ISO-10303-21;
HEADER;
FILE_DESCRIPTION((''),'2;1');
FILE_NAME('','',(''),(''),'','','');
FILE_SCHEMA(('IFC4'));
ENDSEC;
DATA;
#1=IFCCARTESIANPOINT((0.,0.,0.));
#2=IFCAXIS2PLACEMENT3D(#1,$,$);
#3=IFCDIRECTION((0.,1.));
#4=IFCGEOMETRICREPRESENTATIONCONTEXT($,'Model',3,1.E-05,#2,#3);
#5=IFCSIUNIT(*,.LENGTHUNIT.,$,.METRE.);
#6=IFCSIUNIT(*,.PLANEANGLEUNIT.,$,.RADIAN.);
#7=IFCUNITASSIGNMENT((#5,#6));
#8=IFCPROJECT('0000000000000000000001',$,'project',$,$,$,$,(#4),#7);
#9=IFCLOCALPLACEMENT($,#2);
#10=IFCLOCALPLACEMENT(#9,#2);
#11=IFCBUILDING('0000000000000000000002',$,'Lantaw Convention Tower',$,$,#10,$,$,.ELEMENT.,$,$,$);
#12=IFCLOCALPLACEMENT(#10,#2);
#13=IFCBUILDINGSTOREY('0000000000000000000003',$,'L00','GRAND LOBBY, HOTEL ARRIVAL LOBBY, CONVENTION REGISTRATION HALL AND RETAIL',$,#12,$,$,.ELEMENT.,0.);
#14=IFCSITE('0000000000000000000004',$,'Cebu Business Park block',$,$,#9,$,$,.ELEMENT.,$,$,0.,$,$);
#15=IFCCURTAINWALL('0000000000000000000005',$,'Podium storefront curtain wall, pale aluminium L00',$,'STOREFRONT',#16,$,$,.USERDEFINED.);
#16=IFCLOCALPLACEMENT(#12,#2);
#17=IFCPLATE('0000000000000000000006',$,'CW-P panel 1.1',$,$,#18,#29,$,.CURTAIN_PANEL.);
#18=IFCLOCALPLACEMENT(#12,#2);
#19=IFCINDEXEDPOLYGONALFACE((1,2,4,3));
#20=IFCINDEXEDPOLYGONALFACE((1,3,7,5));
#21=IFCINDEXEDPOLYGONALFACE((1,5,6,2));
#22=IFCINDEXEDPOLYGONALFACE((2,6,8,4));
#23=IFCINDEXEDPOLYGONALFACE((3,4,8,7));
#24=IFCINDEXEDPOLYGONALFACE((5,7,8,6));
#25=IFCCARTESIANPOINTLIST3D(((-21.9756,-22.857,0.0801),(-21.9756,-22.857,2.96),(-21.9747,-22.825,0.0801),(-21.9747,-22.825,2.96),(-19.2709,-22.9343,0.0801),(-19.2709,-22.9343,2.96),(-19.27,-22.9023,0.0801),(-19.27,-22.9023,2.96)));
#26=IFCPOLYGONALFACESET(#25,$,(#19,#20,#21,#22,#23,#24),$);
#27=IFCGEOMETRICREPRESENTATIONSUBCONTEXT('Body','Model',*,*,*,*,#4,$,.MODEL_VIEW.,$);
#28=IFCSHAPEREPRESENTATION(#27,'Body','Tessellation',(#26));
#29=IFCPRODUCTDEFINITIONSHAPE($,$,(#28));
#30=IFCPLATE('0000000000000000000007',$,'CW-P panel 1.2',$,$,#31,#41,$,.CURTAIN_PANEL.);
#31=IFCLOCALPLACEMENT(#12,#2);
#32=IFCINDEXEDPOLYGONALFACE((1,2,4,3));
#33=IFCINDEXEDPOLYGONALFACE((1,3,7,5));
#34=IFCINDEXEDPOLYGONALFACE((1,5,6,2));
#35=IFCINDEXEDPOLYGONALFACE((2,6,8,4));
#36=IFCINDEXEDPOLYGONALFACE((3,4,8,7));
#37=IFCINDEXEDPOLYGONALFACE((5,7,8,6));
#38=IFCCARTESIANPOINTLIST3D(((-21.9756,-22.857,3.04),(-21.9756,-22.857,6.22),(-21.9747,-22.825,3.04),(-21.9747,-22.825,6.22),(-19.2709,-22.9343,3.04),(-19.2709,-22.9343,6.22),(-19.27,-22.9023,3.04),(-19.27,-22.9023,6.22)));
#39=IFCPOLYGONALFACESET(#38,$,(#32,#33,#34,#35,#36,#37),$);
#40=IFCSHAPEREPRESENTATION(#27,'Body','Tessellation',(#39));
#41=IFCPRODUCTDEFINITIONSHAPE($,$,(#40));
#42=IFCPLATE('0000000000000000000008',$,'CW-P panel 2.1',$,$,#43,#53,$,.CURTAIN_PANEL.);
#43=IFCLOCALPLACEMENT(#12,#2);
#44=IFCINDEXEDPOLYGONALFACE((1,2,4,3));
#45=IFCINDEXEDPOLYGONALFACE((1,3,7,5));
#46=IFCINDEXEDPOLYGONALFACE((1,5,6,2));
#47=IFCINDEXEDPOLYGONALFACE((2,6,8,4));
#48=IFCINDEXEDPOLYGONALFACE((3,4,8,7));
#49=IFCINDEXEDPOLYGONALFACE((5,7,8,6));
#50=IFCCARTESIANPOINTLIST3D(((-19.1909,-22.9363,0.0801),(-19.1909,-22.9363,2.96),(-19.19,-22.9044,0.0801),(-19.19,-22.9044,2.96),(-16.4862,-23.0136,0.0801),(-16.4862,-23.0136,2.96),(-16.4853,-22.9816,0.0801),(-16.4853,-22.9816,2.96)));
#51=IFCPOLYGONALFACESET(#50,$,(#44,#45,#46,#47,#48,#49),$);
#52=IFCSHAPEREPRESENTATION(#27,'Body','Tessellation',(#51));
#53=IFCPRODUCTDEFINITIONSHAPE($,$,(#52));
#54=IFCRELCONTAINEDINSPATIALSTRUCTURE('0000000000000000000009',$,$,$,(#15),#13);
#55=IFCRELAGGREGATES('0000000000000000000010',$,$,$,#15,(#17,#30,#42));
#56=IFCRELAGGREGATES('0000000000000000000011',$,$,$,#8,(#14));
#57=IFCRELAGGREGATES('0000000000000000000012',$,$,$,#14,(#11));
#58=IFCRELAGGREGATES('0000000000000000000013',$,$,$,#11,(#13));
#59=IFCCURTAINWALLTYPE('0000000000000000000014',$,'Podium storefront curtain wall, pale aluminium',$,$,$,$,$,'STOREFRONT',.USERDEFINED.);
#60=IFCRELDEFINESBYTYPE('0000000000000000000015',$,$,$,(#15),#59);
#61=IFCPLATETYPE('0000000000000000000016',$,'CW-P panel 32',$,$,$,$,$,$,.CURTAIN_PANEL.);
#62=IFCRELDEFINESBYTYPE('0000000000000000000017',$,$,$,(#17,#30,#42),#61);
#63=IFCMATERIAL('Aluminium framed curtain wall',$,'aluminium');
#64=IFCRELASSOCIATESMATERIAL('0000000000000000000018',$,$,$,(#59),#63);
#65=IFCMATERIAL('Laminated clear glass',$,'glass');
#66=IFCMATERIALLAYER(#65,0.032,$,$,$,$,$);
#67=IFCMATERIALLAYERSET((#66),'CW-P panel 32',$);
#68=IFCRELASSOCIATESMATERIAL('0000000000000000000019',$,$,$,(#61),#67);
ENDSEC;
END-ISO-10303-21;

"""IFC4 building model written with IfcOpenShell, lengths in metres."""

from ifc_helpers import new_model, si_unit, direction, frame, origin, origin_2d, place, context, subcontext, project, spatial, rectangle, extrude, material, layer, layer_set, type_object, element, aggregate, save


model = new_model("IFC4")

# Units and contexts
model_context = context("Model", 3, precision=1e-05, world=origin(), true_north=direction((0.0, 1.0)))
body_context = subcontext(model_context, "Body", "Model", "MODEL_VIEW")
ifc_project = project(units=[si_unit("LENGTHUNIT", "METRE"), si_unit("PLANEANGLEUNIT", "RADIAN")], contexts=[model_context])

# Site, building, storey
site_placement = place(None, origin())
site = spatial("IfcSite", under=ifc_project, at=site_placement, Name="Cebu Business Park block", CompositionType="ELEMENT", RefElevation=0.0)
building_placement = place(site_placement, origin())
building = spatial("IfcBuilding", under=site, at=building_placement, Name="Lantaw Convention Tower", CompositionType="ELEMENT")
storey_placement = place(building_placement, origin())
storey = spatial("IfcBuildingStorey", under=building, at=storey_placement, Name="L00", Description="GRAND LOBBY, HOTEL ARRIVAL LOBBY, CONVENTION REGISTRATION HALL AND RETAIL", CompositionType="ELEMENT", Elevation=0.0)

# Shared definitions
ifc_material_1 = material(Name="Aluminium framed curtain wall", Category="aluminium")
curtain_wall_type = type_object("IfcCurtainWallType", Name="Podium storefront curtain wall, pale aluminium", ElementType="STOREFRONT", PredefinedType="USERDEFINED", material=ifc_material_1)

# Curtain wall
curtain_wall_1_placement = place(storey_placement, origin())
curtain_wall_1 = element("IfcCurtainWall", 1, at=curtain_wall_1_placement, inside=storey, type_object=curtain_wall_type, Name="Podium storefront curtain wall, pale aluminium L00", ObjectType="STOREFRONT", PredefinedType="USERDEFINED")

# Plates
ifc_material_2 = material(Name="Laminated clear glass", Category="glass")
ifc_layer = layer(ifc_material_2, 0.032)
ifc_layer_set = layer_set([ifc_layer], Name="CW-P panel 32")
plate_type = type_object("IfcPlateType", Name="CW-P panel 32", PredefinedType="CURTAIN_PANEL", material=ifc_layer_set)
plate_1_placement = place(storey_placement, frame((-20.6228, -22.8796, 0.0801), z_axis=(0.0, 0.0, 1.0), x_axis=(0.999592, -0.028552, 0.0)))
plate_1 = element("IfcPlate", 2, at=plate_1_placement, type_object=plate_type, Name="CW-P panel 1.1", PredefinedType="CURTAIN_PANEL", context=body_context, shape_type="SweptSolid", body=[
    extrude(rectangle(XDim=2.7058, YDim=0.032, at=origin_2d()), origin(), (0.0, 0.0, 1.0), 2.8799),
])
plate_2_placement = place(storey_placement, frame((-20.6228, -22.8796, 3.04), z_axis=(0.0, 0.0, 1.0), x_axis=(0.999592, -0.028552, 0.0)))
plate_2 = element("IfcPlate", 3, at=plate_2_placement, type_object=plate_type, Name="CW-P panel 1.2", PredefinedType="CURTAIN_PANEL", context=body_context, shape_type="SweptSolid", body=[
    extrude(rectangle(XDim=2.7058, YDim=0.032, at=origin_2d()), origin(), (0.0, 0.0, 1.0), 3.1799),
])
plate_3_placement = place(storey_placement, frame((-17.8381, -22.959, 0.0801), z_axis=(0.0, 0.0, 1.0), x_axis=(0.999592, -0.028552, 0.0)))
plate_3 = element("IfcPlate", 4, at=plate_3_placement, type_object=plate_type, Name="CW-P panel 2.1", PredefinedType="CURTAIN_PANEL", context=body_context, shape_type="SweptSolid", body=[
    extrude(rectangle(XDim=2.7058, YDim=0.032, at=origin_2d()), origin(), (0.0, 0.0, 1.0), 2.8799),
])
aggregate(curtain_wall_1, [plate_1, plate_2, plate_3])

save(model, "model.ifc")
